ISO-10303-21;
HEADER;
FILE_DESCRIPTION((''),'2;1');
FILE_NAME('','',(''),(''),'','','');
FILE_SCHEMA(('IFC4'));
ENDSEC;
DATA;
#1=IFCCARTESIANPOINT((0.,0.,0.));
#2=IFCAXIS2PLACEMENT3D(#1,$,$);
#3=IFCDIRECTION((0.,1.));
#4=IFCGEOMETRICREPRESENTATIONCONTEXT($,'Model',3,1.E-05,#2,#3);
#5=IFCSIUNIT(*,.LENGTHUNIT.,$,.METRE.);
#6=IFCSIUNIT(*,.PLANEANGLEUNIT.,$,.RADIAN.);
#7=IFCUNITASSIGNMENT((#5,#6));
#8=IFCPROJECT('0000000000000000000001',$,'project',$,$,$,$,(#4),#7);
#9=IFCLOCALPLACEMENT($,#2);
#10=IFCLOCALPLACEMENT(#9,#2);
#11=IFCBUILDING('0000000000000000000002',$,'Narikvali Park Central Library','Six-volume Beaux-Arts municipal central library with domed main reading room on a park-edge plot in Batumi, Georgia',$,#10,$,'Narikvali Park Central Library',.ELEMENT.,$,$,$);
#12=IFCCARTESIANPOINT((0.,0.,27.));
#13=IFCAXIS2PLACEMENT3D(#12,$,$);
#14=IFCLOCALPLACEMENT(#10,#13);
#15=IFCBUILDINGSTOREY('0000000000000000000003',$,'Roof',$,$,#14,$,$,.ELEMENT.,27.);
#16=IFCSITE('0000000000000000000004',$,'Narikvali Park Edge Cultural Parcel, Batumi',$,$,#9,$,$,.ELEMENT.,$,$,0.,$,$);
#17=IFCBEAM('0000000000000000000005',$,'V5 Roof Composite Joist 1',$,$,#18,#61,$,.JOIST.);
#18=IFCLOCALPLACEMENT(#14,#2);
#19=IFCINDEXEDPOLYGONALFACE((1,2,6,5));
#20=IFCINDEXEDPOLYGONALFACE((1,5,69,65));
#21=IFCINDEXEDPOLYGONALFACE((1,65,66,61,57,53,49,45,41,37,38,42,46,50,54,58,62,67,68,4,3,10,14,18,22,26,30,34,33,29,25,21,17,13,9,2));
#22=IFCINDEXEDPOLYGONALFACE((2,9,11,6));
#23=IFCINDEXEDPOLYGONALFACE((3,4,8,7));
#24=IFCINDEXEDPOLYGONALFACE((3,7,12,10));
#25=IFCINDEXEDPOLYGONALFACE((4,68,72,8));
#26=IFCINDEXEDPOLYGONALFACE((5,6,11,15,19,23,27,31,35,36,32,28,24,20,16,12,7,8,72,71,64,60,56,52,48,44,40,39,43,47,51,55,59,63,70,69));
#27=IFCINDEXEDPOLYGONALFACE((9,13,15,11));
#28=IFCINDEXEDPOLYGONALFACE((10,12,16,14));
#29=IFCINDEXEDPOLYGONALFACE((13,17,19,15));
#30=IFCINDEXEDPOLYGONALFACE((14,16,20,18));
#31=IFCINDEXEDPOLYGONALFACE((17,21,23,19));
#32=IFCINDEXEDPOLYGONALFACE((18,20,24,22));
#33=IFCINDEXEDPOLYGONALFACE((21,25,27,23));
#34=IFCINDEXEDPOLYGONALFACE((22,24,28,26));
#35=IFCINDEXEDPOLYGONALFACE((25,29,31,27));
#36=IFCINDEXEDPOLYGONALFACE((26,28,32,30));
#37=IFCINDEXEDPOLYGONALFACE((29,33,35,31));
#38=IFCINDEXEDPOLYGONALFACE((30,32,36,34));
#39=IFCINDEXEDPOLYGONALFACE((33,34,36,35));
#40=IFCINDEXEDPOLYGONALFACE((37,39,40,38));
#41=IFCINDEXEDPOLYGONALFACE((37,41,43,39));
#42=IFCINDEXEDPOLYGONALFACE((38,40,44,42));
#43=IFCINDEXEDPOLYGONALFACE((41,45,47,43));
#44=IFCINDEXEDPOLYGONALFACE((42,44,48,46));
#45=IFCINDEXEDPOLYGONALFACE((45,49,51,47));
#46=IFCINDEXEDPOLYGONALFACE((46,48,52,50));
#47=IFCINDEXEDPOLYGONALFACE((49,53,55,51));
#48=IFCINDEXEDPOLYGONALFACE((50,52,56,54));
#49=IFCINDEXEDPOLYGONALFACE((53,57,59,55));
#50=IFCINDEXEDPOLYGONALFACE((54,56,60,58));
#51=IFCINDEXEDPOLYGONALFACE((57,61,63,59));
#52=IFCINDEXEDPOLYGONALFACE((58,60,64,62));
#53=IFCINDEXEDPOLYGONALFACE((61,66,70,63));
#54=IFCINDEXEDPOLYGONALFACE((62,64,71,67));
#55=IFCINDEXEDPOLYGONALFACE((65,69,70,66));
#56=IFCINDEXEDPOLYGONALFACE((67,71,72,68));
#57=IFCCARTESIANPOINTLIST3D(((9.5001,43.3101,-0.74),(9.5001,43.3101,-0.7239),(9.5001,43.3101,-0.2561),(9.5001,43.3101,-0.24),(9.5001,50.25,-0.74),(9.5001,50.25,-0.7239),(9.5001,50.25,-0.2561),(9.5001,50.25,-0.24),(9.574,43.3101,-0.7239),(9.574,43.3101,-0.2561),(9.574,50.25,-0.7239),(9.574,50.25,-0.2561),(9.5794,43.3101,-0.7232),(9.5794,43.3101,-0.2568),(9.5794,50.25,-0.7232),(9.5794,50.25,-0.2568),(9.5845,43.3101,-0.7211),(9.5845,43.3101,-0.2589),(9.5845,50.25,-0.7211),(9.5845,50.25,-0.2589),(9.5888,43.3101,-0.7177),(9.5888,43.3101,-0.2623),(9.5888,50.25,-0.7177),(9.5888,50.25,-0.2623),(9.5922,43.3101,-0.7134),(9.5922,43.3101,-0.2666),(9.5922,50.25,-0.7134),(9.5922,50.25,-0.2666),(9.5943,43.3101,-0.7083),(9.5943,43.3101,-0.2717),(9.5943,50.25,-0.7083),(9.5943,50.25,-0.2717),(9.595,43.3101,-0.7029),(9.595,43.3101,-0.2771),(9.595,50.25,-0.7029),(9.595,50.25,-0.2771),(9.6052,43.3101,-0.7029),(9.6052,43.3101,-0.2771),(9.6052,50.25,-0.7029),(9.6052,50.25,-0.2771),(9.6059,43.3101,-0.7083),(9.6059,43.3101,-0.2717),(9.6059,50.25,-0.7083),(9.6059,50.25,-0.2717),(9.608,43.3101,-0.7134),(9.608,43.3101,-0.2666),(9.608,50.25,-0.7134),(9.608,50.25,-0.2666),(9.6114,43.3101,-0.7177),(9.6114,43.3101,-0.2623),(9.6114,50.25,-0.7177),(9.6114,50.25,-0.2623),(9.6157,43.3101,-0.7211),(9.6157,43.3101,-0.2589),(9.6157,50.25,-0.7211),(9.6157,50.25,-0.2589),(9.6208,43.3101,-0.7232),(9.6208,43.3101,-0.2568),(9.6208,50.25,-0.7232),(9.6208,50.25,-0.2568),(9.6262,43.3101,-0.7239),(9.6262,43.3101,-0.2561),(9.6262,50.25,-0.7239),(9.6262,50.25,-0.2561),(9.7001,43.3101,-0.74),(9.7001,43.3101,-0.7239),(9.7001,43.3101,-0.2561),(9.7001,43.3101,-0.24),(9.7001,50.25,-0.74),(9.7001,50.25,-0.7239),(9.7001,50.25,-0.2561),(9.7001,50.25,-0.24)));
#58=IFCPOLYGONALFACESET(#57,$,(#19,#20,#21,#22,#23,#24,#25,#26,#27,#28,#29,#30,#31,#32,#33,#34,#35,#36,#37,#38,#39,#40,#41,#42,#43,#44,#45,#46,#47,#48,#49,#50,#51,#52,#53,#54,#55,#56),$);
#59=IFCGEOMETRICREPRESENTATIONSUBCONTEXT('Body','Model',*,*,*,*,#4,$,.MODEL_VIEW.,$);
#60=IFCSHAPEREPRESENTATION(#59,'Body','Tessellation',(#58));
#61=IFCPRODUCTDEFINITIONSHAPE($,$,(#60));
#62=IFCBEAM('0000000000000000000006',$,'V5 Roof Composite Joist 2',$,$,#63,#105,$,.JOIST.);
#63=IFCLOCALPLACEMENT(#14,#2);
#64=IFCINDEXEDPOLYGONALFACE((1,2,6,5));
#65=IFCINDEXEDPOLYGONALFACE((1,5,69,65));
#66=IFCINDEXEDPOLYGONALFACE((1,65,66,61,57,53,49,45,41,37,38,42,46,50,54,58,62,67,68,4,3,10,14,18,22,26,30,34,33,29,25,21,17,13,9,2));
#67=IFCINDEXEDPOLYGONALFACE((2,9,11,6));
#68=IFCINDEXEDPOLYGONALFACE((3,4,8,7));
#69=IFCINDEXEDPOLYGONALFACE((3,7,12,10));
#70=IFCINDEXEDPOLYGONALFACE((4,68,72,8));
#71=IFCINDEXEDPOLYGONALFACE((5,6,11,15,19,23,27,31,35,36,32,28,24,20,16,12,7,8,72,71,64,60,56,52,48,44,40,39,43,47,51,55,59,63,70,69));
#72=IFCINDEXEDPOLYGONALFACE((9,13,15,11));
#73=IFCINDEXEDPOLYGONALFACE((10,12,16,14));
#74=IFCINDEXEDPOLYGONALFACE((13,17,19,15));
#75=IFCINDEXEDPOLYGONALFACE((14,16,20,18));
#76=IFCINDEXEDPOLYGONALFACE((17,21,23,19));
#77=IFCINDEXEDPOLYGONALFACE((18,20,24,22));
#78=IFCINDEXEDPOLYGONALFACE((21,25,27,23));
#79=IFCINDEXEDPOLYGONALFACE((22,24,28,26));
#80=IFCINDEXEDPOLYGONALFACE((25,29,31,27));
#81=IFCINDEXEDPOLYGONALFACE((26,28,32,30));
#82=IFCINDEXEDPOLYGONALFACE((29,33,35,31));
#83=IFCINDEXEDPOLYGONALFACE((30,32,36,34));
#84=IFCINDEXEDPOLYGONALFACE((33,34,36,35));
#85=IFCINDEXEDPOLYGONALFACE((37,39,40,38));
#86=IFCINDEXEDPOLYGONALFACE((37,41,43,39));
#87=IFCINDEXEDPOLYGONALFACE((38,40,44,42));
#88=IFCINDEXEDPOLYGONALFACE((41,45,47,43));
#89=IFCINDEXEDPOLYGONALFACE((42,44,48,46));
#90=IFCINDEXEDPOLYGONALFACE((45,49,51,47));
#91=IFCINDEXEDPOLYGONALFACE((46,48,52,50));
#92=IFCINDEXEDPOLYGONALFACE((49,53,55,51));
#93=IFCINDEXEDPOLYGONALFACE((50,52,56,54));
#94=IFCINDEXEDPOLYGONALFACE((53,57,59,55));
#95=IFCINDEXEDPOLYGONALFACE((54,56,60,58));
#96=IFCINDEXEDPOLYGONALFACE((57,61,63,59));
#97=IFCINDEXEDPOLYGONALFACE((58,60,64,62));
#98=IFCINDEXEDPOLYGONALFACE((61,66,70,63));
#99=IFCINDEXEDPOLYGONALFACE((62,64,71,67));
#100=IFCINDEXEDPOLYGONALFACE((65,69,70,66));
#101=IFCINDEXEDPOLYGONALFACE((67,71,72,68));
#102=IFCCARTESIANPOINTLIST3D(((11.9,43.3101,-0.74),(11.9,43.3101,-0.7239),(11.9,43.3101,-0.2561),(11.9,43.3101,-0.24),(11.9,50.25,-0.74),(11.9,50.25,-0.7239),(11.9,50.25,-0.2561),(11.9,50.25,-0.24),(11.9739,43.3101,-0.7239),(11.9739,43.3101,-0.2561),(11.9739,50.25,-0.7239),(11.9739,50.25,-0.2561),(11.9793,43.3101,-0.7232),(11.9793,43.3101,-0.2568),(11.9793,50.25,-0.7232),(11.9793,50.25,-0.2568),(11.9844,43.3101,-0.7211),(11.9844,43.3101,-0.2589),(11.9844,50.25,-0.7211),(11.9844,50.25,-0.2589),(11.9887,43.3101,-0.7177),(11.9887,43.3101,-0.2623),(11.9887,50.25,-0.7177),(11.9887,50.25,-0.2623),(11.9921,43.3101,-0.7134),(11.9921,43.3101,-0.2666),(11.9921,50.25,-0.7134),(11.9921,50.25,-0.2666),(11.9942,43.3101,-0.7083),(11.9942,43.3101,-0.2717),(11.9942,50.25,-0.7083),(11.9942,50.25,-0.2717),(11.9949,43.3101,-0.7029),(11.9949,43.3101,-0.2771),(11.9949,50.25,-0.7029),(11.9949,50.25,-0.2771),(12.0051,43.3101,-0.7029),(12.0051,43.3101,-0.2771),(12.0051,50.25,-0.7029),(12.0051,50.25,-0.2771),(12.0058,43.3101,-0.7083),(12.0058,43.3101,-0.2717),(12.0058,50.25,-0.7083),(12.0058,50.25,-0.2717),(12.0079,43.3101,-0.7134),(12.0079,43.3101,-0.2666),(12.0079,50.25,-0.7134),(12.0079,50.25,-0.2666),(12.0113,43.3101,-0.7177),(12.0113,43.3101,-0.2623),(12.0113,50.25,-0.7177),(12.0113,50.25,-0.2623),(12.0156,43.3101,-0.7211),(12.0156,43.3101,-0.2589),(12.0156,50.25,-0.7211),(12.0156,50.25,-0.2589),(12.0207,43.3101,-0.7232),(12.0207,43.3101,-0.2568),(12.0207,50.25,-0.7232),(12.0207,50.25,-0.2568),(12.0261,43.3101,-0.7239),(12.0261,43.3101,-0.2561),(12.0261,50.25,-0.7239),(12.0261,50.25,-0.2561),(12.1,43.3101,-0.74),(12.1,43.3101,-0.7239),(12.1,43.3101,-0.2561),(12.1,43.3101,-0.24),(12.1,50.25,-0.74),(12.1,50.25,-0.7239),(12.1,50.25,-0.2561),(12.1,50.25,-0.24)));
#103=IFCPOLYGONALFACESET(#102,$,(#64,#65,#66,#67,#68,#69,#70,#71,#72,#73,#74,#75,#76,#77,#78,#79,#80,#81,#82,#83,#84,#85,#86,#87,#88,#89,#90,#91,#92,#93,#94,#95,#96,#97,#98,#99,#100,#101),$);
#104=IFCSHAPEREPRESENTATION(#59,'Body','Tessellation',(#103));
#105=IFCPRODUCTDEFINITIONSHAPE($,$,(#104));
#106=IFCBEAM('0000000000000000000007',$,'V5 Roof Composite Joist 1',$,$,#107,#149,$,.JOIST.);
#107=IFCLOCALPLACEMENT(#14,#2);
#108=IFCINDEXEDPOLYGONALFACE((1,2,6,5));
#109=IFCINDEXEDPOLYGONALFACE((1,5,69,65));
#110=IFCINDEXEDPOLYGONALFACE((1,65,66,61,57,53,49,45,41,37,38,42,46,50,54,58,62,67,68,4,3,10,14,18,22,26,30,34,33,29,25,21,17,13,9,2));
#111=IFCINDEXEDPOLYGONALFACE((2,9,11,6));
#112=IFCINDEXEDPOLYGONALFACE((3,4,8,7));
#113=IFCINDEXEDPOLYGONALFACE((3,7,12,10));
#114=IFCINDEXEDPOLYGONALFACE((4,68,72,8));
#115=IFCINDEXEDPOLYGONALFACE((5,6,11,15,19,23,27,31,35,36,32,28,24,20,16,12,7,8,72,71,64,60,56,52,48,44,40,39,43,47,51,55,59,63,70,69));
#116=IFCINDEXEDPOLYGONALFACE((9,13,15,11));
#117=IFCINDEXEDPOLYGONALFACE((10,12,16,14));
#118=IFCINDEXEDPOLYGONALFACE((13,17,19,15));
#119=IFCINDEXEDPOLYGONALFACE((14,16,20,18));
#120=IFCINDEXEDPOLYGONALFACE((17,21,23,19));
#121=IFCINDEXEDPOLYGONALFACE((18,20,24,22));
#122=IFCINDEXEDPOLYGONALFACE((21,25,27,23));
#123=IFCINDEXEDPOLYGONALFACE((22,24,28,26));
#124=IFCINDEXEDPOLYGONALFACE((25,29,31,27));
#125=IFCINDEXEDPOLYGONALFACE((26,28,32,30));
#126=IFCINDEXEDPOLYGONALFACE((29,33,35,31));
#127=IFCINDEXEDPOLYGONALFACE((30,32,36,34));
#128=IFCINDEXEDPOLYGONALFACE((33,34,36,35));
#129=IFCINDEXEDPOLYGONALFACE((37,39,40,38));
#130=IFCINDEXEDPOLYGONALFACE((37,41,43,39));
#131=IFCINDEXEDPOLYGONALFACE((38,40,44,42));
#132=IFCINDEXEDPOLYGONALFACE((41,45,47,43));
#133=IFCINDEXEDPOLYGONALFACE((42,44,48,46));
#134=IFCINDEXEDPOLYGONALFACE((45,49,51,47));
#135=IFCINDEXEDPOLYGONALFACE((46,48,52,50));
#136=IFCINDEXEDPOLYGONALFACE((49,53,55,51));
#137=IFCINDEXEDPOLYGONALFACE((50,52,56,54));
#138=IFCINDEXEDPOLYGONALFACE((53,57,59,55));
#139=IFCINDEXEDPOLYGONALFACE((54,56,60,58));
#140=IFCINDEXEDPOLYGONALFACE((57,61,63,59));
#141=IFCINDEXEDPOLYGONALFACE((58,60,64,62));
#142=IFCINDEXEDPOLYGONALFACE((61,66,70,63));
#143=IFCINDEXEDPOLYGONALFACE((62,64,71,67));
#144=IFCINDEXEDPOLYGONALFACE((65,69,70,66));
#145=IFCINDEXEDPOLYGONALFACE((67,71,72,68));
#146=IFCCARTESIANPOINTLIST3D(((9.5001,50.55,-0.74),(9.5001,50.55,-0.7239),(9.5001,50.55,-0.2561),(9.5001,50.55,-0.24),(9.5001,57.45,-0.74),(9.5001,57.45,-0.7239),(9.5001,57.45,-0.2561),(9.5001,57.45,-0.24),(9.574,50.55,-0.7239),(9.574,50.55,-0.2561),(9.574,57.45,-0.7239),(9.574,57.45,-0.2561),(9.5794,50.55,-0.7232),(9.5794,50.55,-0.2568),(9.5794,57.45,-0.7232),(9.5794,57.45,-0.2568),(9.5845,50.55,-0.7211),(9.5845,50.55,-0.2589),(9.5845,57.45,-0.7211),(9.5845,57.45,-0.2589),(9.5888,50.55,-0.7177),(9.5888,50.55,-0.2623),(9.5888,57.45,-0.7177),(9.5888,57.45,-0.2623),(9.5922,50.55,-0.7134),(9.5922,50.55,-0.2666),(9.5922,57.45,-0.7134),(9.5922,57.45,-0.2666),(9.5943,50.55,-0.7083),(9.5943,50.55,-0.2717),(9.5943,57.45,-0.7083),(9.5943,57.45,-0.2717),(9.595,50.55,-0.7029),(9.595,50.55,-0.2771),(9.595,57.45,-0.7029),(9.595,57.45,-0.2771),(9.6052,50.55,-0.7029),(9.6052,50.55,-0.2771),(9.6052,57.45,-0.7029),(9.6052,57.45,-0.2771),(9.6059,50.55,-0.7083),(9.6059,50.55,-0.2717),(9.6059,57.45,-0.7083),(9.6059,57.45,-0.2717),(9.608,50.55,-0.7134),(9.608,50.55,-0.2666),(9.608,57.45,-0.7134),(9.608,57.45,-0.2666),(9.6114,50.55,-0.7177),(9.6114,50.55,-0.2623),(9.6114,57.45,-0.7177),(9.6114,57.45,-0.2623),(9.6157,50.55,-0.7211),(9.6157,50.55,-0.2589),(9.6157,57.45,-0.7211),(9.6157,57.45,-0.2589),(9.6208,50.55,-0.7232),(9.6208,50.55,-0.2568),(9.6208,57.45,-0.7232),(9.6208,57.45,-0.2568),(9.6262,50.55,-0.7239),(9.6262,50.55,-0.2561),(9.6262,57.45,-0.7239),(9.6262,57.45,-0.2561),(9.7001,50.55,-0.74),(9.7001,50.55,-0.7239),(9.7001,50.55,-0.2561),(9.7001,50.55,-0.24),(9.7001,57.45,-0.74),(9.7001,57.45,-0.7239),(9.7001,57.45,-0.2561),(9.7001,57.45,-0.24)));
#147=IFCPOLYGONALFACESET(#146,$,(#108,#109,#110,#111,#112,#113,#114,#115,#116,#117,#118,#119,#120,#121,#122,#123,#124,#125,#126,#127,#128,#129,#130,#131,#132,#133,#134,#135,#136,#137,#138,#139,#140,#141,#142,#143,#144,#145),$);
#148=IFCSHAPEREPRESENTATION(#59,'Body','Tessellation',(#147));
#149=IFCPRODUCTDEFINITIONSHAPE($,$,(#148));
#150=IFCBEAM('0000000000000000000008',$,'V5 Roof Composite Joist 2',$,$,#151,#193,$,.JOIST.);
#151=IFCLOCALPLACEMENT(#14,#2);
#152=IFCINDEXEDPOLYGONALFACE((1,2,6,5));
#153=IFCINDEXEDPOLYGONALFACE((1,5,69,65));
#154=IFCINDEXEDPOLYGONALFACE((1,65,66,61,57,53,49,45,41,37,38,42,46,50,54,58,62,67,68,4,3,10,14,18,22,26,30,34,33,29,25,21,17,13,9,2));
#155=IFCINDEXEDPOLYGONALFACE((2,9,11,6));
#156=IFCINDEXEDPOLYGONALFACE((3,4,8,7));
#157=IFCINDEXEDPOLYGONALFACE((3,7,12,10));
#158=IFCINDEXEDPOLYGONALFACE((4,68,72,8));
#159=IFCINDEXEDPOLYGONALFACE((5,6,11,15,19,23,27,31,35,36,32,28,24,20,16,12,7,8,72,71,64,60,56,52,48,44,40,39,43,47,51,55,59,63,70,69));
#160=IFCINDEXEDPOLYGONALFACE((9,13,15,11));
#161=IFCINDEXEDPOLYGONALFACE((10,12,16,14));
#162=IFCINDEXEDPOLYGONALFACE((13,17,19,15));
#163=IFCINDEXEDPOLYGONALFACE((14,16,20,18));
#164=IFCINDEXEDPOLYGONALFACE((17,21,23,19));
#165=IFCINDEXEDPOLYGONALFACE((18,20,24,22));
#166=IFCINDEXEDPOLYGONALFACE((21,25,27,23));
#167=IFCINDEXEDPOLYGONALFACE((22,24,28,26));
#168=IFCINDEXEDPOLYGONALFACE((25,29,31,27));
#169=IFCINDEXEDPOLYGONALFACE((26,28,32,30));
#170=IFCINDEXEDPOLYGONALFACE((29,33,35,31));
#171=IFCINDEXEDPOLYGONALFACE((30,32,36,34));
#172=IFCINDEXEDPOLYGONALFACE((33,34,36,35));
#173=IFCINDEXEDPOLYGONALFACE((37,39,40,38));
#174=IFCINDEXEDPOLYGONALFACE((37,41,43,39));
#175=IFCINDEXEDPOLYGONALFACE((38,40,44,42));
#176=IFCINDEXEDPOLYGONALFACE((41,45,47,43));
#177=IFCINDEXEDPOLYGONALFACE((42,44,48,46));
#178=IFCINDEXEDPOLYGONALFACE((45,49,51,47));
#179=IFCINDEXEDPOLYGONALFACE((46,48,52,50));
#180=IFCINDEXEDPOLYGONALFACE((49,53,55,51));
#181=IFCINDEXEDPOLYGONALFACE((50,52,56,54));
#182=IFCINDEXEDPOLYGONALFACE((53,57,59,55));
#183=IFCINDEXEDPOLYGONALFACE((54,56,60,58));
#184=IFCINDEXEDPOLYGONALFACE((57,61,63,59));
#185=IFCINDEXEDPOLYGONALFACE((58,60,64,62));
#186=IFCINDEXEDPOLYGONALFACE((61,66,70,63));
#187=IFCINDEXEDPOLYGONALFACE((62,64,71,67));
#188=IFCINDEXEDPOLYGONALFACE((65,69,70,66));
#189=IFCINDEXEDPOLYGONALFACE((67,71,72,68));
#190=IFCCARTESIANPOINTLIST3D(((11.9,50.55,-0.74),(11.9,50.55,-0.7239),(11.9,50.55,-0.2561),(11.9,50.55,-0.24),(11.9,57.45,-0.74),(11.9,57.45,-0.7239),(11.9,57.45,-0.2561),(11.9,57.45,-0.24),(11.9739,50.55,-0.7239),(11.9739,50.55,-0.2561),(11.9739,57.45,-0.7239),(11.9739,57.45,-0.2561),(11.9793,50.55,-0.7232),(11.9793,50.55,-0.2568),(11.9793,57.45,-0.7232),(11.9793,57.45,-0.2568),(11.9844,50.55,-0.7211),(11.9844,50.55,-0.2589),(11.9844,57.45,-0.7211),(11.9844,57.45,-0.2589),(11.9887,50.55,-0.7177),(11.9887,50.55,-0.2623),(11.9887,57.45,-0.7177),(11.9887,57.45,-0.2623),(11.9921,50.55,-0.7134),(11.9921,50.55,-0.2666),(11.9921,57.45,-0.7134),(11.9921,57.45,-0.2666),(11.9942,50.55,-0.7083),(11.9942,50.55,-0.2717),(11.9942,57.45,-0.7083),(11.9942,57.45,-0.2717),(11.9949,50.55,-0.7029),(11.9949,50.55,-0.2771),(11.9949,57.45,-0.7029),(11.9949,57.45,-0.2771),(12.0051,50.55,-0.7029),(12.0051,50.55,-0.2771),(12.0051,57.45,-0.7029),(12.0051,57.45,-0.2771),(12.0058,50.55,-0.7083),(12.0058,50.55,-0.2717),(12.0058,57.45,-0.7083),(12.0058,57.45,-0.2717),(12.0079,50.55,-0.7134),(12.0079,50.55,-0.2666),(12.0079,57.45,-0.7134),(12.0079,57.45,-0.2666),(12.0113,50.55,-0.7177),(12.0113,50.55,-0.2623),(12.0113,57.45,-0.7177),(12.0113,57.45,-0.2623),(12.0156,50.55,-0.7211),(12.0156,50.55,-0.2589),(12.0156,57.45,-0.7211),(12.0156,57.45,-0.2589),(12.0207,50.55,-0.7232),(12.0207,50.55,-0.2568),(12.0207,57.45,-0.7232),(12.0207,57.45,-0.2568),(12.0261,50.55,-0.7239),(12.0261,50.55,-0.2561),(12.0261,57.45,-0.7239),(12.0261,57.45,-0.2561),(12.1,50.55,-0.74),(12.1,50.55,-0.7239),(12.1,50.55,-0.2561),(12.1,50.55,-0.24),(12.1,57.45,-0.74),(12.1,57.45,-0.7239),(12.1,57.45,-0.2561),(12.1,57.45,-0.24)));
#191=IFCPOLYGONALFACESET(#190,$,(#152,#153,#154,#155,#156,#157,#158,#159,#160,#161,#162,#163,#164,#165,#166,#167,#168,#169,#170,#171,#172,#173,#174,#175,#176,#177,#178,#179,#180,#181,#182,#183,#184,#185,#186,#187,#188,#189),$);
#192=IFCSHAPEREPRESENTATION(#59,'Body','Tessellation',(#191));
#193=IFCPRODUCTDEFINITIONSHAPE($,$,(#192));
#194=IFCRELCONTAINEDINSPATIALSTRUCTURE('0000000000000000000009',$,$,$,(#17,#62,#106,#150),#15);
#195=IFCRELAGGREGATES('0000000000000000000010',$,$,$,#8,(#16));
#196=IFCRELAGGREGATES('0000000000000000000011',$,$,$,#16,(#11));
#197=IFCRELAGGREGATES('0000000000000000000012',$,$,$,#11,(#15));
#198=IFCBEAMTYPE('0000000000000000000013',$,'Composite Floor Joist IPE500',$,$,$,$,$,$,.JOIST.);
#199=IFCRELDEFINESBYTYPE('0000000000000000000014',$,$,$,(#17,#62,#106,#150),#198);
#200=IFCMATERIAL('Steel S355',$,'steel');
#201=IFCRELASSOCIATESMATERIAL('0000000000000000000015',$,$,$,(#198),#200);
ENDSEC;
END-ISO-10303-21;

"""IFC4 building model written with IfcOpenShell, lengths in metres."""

from ifc_helpers import new_model, si_unit, direction, frame, origin, origin_2d, place, context, subcontext, project, spatial, i_section, extrude, material, material_profile, profile_set, type_object, element, save


model = new_model("IFC4")

# Units and contexts
model_context = context("Model", 3, precision=1e-05, world=origin(), true_north=direction((0.0, 1.0)))
body_context = subcontext(model_context, "Body", "Model", "MODEL_VIEW")
ifc_project = project(units=[si_unit("LENGTHUNIT", "METRE"), si_unit("PLANEANGLEUNIT", "RADIAN")], contexts=[model_context])

# Site, building, storey
site_placement = place(None, origin())
site = spatial("IfcSite", under=ifc_project, at=site_placement, Name="Narikvali Park Edge Cultural Parcel, Batumi", CompositionType="ELEMENT", RefElevation=0.0)
building_placement = place(site_placement, origin())
building = spatial("IfcBuilding", under=site, at=building_placement, Name="Narikvali Park Central Library", Description="Six-volume Beaux-Arts municipal central library with domed main reading room on a park-edge plot in Batumi, Georgia", LongName="Narikvali Park Central Library", CompositionType="ELEMENT")
storey_placement = place(building_placement, frame((0.0, 0.0, 27.0)))
storey = spatial("IfcBuildingStorey", under=building, at=storey_placement, Name="Roof", CompositionType="ELEMENT", Elevation=27.0)

# Beams
ifc_material_1 = material(Name="Steel S355", Category="steel")
ifc_material_profile_1 = material_profile(ifc_material_1, i_section(OverallWidth=0.2, OverallDepth=0.5, WebThickness=0.0103, FlangeThickness=0.0161, FilletRadius=0.021, at=origin_2d()), Name="IPE 500")
ifc_profile_set_1 = profile_set([ifc_material_profile_1], Name="Steel S355")
beam_type_1 = type_object("IfcBeamType", Name="Composite Floor Joist IPE500", PredefinedType="JOIST", material=ifc_profile_set_1)
for number, where, z_axis, x_axis, name in (
    (1, (9.6001, 43.3101, -0.49), (0.0, 1.0, 0.0), (-1.0, 0.0, 0.0), "V5 Roof Composite Joist 1"),
    (2, (12.0, 43.3101, -0.49), (0.0, 1.0, 0.0), (-1.0, 0.0, 0.0), "V5 Roof Composite Joist 2"),
):
    element("IfcBeam", number, at=place(storey_placement, frame(where, z_axis=z_axis, x_axis=x_axis)), inside=storey, type_object=beam_type_1, Name=name, PredefinedType="JOIST", context=body_context, shape_type="SweptSolid", body=[
        extrude(i_section(OverallWidth=0.2, OverallDepth=0.5, WebThickness=0.0103, FlangeThickness=0.0161, FilletRadius=0.021, at=origin_2d()), origin(), (0.0, 0.0, 1.0), 6.9399),
    ])
for number, where, z_axis, x_axis, name in (
    (3, (9.6001, 50.55, -0.49), (0.0, 1.0, 0.0), (-1.0, 0.0, 0.0), "V5 Roof Composite Joist 1"),
    (4, (12.0, 50.55, -0.49), (0.0, 1.0, 0.0), (-1.0, 0.0, 0.0), "V5 Roof Composite Joist 2"),
):
    element("IfcBeam", number, at=place(storey_placement, frame(where, z_axis=z_axis, x_axis=x_axis)), inside=storey, type_object=beam_type_1, Name=name, PredefinedType="JOIST", context=body_context, shape_type="SweptSolid", body=[
        extrude(i_section(OverallWidth=0.2, OverallDepth=0.5, WebThickness=0.0103, FlangeThickness=0.0161, FilletRadius=0.021, at=origin_2d()), origin(), (0.0, 0.0, 1.0), 6.8999),
    ])

save(model, "model.ifc")
